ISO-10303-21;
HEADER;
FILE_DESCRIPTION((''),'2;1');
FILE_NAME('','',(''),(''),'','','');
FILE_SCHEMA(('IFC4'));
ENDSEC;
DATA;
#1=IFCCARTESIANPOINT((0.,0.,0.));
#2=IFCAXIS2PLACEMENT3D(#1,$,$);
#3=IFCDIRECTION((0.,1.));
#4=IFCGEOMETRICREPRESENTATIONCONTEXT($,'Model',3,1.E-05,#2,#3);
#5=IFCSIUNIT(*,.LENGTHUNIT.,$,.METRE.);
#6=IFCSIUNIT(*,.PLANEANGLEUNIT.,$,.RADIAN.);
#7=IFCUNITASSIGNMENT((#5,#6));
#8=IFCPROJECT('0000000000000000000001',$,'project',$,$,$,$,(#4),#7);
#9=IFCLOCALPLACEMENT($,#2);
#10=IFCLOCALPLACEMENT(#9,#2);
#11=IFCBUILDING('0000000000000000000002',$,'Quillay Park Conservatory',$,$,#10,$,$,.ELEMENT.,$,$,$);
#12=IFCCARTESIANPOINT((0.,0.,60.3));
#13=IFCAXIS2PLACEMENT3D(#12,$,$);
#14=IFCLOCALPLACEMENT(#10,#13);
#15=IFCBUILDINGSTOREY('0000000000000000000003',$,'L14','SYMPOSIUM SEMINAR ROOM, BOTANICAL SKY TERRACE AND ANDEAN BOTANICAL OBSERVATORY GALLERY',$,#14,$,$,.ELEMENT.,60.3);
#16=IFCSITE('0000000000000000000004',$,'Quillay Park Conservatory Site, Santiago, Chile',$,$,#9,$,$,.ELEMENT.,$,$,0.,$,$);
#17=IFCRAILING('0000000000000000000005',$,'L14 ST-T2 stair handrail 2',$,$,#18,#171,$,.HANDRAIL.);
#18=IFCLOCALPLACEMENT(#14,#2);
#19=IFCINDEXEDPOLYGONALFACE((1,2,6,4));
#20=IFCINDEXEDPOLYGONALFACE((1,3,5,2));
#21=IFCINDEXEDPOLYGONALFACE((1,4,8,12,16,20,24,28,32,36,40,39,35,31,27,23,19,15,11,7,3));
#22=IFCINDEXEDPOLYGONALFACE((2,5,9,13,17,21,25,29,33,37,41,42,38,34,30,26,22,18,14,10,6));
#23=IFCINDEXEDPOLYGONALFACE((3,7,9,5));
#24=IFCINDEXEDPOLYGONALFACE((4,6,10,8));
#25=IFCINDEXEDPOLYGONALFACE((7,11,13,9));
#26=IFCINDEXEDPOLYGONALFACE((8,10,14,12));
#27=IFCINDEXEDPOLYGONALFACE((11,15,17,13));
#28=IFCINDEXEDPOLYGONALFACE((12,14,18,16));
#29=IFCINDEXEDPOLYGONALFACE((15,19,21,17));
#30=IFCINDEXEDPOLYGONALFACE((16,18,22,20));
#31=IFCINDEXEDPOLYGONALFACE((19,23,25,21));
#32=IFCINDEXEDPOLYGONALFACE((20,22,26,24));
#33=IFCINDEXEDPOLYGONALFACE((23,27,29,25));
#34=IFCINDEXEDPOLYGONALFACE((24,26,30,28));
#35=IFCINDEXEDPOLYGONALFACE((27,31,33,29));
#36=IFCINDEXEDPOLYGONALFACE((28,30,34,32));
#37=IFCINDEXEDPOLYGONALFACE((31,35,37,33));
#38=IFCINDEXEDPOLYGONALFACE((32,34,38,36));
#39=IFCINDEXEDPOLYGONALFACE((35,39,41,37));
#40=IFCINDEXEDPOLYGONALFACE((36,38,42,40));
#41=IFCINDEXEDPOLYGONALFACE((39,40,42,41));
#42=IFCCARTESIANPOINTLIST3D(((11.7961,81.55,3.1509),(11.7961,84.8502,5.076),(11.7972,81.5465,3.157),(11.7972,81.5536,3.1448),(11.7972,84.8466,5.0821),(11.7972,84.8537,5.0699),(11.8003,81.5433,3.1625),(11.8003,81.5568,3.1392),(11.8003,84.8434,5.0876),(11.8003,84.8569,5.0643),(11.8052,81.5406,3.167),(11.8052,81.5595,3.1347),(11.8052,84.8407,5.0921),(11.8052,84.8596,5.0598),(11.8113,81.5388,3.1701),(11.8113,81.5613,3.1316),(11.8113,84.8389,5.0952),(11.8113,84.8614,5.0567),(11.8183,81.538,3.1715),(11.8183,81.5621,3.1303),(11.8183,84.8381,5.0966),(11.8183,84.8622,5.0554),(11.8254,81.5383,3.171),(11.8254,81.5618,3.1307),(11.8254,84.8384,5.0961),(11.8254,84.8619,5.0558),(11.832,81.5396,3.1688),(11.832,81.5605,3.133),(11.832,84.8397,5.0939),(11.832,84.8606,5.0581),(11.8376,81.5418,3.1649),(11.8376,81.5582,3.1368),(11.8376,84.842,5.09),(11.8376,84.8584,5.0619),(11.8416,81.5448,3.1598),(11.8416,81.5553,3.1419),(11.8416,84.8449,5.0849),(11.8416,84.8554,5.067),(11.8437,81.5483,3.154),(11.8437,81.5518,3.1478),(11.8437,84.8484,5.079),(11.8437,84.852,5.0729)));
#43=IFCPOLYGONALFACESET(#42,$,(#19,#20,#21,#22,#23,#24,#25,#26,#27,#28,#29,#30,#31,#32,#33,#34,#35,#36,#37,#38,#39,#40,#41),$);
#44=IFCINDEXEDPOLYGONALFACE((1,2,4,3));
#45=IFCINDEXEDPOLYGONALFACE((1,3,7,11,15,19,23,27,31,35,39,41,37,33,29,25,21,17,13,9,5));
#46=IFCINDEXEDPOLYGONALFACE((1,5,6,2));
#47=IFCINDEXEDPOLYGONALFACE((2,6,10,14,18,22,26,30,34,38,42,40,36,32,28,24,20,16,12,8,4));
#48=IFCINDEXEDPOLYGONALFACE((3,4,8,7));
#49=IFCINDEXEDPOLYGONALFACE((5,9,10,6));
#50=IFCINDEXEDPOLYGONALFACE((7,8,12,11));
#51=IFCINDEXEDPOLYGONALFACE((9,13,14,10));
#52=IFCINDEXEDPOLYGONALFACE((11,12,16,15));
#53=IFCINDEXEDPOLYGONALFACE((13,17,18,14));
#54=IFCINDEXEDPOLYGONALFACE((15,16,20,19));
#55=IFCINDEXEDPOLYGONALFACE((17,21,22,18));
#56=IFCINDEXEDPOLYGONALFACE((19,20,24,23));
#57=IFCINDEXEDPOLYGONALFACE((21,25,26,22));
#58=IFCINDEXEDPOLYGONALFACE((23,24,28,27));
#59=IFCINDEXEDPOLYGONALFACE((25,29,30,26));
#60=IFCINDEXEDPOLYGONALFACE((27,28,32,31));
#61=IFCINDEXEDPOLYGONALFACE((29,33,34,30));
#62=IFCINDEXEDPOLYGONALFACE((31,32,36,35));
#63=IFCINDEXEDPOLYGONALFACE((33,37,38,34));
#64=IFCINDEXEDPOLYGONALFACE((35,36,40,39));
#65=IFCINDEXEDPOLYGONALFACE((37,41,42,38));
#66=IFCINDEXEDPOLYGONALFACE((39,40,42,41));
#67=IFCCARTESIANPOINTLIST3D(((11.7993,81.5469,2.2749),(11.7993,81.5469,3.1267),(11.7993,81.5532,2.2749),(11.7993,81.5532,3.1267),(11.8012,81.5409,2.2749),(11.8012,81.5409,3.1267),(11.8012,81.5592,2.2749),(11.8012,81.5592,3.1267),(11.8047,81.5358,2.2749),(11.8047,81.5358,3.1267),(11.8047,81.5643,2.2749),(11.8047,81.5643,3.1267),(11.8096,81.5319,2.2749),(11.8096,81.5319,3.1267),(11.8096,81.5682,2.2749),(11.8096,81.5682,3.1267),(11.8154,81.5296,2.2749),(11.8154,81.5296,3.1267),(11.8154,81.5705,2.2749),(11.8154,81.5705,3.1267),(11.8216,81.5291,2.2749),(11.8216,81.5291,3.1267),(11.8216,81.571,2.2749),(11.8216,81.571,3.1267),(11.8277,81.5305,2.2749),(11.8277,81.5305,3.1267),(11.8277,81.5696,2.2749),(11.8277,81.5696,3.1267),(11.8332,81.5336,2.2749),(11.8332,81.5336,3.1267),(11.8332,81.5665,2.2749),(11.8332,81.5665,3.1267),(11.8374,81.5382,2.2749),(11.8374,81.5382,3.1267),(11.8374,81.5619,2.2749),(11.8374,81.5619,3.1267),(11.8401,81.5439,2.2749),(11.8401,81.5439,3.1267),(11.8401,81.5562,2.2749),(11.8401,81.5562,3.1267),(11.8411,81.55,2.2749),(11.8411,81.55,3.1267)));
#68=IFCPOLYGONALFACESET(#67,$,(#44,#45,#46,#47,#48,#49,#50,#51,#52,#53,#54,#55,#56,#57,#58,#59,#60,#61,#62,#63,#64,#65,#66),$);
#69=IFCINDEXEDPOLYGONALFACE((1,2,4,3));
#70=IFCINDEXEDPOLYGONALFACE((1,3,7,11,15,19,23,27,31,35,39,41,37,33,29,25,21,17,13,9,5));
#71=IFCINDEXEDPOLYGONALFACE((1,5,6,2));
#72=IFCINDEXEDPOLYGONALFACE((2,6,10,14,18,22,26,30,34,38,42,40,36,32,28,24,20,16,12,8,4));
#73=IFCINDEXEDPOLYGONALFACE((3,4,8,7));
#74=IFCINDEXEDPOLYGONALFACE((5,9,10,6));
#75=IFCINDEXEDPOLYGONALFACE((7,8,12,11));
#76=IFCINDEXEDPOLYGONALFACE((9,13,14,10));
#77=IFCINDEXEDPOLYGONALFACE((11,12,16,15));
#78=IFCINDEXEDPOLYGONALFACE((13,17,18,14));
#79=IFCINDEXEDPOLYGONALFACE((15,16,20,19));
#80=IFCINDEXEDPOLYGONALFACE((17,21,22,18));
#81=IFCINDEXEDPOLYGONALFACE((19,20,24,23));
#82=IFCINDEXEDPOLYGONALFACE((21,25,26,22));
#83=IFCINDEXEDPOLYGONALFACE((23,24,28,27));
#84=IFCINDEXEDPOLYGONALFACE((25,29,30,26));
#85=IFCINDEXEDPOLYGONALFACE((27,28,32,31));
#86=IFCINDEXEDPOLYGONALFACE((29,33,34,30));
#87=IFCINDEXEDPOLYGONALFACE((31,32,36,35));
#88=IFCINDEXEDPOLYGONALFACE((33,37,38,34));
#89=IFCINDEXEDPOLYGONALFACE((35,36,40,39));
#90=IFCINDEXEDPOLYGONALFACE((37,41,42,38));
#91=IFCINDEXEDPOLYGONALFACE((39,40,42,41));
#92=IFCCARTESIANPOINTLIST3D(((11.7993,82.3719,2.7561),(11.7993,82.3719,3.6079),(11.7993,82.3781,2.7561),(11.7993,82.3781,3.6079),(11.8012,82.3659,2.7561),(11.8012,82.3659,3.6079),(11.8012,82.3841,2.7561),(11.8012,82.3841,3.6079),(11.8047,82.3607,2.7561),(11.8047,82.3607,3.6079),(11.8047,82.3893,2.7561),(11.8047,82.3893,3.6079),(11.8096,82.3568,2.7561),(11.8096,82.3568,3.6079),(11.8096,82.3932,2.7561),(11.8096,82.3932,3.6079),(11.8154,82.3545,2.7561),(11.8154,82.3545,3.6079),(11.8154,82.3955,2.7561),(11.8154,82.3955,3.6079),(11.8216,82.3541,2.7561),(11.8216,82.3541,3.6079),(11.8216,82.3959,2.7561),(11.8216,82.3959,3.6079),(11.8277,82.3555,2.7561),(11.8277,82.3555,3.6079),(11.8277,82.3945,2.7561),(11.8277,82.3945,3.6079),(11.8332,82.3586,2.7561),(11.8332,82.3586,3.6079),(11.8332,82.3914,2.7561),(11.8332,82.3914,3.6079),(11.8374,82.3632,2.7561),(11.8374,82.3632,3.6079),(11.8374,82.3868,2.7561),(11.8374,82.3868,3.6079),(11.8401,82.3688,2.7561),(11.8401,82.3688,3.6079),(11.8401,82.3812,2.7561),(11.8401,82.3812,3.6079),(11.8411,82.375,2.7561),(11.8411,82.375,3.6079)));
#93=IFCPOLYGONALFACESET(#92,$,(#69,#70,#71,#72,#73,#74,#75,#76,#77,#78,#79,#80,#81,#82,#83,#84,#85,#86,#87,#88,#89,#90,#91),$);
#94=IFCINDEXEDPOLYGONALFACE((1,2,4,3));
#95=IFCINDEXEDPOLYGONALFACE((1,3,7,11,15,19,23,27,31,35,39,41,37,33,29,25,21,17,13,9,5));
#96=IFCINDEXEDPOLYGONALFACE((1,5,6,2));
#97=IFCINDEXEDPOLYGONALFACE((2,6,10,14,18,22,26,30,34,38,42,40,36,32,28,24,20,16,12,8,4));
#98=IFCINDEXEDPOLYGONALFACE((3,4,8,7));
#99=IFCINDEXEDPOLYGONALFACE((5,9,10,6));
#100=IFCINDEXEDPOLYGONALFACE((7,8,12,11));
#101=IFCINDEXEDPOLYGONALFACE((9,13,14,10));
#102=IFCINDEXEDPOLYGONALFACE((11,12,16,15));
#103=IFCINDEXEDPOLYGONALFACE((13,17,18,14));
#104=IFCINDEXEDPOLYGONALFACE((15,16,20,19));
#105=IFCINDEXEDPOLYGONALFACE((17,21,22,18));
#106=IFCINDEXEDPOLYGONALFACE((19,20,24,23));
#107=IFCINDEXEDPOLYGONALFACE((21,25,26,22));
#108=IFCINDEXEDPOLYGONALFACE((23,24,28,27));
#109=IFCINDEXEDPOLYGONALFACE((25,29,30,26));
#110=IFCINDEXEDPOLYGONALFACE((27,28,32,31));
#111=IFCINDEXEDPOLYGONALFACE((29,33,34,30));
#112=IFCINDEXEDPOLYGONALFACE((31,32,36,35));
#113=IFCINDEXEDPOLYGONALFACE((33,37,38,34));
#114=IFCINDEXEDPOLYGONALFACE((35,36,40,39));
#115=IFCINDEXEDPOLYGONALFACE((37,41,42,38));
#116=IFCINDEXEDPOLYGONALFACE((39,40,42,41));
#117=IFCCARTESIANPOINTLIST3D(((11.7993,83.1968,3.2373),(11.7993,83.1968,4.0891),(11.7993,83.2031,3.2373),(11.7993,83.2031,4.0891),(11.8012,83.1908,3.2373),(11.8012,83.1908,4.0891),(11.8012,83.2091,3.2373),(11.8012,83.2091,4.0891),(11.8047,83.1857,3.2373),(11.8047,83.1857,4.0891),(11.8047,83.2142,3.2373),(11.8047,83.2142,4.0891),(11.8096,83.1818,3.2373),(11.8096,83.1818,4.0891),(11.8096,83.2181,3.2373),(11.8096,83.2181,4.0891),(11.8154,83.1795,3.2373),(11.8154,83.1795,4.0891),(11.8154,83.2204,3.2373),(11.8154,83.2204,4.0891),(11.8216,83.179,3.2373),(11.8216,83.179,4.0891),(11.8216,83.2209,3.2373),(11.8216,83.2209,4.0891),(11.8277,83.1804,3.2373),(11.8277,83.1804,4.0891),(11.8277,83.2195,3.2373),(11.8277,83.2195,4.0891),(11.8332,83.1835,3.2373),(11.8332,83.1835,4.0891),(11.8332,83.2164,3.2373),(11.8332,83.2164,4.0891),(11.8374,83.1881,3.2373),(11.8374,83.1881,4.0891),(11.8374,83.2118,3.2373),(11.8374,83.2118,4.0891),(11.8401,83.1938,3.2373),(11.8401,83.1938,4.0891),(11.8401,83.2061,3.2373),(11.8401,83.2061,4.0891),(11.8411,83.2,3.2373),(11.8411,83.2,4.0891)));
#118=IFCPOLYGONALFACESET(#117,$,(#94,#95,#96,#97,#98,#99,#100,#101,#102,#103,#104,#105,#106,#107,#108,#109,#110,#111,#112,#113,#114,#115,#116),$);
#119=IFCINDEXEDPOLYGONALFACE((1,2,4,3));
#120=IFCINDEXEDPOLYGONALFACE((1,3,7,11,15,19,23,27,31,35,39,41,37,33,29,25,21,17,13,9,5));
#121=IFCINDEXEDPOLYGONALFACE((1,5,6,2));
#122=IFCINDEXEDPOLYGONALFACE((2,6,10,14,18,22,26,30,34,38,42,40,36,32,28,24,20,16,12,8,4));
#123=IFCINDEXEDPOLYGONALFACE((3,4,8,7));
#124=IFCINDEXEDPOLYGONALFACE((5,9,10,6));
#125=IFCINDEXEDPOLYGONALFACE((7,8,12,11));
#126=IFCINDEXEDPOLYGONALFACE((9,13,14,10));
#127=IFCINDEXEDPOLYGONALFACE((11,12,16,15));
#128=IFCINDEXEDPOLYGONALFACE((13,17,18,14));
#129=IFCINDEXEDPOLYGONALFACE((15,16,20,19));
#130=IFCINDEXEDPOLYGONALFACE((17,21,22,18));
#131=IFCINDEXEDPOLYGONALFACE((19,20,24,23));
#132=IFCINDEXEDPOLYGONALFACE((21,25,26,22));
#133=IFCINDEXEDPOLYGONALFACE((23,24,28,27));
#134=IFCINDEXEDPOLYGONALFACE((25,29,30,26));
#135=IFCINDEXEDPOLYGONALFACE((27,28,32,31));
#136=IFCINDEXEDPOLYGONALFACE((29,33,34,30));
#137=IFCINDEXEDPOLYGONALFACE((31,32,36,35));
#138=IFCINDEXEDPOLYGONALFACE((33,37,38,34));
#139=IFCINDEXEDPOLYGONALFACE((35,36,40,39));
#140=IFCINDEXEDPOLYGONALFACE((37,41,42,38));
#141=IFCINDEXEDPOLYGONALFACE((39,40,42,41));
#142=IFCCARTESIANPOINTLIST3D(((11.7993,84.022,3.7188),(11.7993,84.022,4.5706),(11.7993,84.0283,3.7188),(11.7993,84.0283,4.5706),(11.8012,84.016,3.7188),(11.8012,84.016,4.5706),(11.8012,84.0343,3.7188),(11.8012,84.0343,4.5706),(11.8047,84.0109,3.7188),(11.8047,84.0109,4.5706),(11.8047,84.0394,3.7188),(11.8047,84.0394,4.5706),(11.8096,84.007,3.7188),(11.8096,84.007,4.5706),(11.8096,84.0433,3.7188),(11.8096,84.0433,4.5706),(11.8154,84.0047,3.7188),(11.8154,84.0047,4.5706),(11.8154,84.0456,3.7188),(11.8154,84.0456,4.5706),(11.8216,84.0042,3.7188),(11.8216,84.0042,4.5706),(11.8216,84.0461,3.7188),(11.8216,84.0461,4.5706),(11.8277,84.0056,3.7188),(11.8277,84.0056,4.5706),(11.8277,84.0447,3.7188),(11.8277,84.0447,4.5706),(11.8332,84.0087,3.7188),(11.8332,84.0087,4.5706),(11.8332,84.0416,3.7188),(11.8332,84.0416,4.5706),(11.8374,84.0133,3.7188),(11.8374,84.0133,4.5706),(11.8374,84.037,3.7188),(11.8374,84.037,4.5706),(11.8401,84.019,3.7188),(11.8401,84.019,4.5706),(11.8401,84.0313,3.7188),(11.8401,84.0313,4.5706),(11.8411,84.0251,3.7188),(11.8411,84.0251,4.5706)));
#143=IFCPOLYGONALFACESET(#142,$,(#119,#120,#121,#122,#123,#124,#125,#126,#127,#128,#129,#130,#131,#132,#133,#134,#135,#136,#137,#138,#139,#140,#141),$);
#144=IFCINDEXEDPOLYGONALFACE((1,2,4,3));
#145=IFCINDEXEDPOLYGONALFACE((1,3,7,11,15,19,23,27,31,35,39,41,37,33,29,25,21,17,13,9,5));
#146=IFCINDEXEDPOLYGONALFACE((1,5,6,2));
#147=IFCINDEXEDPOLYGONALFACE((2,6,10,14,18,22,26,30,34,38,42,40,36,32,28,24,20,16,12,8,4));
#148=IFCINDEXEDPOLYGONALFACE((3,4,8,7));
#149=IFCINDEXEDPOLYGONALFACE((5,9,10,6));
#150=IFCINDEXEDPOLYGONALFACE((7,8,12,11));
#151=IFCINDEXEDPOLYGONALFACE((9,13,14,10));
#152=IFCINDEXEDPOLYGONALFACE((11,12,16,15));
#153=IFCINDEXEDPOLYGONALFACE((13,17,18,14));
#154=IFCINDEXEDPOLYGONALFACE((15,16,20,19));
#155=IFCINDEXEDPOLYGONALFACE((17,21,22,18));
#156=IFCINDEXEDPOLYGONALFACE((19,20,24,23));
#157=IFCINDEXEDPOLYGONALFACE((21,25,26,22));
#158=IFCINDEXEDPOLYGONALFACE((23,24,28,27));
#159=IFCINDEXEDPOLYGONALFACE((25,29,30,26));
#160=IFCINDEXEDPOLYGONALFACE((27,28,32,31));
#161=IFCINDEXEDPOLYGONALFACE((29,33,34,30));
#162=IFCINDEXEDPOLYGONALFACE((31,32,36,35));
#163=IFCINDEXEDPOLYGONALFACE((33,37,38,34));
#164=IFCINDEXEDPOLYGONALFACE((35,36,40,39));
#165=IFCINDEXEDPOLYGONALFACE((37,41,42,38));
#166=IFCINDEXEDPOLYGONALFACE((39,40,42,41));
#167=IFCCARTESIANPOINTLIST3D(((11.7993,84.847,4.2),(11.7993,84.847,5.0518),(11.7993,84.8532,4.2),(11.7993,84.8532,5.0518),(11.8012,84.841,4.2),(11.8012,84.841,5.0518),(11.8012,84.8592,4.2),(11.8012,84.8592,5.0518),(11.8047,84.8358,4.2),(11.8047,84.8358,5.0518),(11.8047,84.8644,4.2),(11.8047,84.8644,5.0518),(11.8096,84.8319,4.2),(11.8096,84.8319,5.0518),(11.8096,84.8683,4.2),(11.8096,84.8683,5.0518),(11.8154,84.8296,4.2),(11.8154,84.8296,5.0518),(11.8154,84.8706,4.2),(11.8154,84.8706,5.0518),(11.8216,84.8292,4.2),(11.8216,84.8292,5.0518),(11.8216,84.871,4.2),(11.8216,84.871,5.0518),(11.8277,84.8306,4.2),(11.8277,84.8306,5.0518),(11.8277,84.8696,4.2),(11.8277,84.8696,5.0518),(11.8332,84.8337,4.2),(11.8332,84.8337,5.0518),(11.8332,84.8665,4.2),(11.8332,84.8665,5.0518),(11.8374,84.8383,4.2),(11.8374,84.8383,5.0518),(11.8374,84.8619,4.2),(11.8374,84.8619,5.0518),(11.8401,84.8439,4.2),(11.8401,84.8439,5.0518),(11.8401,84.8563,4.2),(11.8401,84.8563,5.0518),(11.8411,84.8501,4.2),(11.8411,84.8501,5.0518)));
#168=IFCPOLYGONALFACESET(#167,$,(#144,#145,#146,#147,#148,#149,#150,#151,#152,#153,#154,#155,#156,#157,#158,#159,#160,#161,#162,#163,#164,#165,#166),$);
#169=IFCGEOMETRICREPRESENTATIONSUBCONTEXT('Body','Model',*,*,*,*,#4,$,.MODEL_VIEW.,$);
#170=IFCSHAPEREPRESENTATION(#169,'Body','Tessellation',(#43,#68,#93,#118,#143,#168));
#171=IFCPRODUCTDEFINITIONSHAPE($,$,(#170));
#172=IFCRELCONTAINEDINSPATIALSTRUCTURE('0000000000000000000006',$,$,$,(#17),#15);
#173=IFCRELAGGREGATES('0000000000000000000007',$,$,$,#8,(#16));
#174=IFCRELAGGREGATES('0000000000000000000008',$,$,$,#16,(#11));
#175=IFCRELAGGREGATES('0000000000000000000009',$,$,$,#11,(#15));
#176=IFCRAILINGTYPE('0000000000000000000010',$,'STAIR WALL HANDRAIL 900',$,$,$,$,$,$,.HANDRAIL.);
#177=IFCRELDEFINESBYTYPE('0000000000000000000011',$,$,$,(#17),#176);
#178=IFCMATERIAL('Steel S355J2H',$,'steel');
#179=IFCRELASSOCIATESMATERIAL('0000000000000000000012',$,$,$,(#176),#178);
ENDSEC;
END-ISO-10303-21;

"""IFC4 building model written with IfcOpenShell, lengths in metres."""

from ifc_helpers import new_model, si_unit, direction, frame, origin, origin_2d, place, context, subcontext, project, spatial, circle, extrude, material, type_object, element, save


model = new_model("IFC4")

# Units and contexts
model_context = context("Model", 3, precision=1e-05, world=origin(), true_north=direction((0.0, 1.0)))
body_context = subcontext(model_context, "Body", "Model", "MODEL_VIEW")
ifc_project = project(units=[si_unit("LENGTHUNIT", "METRE"), si_unit("PLANEANGLEUNIT", "RADIAN")], contexts=[model_context])

# Site, building, storey
site_placement = place(None, origin())
site = spatial("IfcSite", under=ifc_project, at=site_placement, Name="Quillay Park Conservatory Site, Santiago, Chile", CompositionType="ELEMENT", RefElevation=0.0)
building_placement = place(site_placement, origin())
building = spatial("IfcBuilding", under=site, at=building_placement, Name="Quillay Park Conservatory", CompositionType="ELEMENT")
storey_placement = place(building_placement, frame((0.0, 0.0, 60.3)))
storey = spatial("IfcBuildingStorey", under=building, at=storey_placement, Name="L14", Description="SYMPOSIUM SEMINAR ROOM, BOTANICAL SKY TERRACE AND ANDEAN BOTANICAL OBSERVATORY GALLERY", CompositionType="ELEMENT", Elevation=60.3)

# Railing
ifc_material_1 = material(Name="Steel S355J2H", Category="steel")
railing_type_1 = type_object("IfcRailingType", Name="STAIR WALL HANDRAIL 900", PredefinedType="HANDRAIL", material=ifc_material_1)
railing_1_placement = place(storey_placement, frame((11.8201, 81.55, 2.2749)))
element("IfcRailing", 1, at=railing_1_placement, inside=storey, type_object=railing_type_1, Name="L14 ST-T2 stair handrail 2", PredefinedType="HANDRAIL", context=body_context, shape_type="SweptSolid", body=[
    extrude(circle(Radius=0.0239, at=origin_2d()), frame((0.0, 0.0, 0.876), z_axis=(0.0, 0.863777, 0.503875), x_axis=(-1.0, 0.0, 0.0)), (0.0, 0.0, 1.0), 3.8206),
    extrude(circle(Radius=0.021, at=origin_2d()), origin(), (0.0, 0.0, 1.0), 0.8518),
    extrude(circle(Radius=0.021, at=origin_2d()), frame((0.0, 0.825, 0.4812)), (0.0, 0.0, 1.0), 0.8518),
    extrude(circle(Radius=0.021, at=origin_2d()), frame((0.0, 1.6499, 0.9624)), (0.0, 0.0, 1.0), 0.8518),
    extrude(circle(Radius=0.021, at=origin_2d()), frame((0.0, 2.4751, 1.4438)), (0.0, 0.0, 1.0), 0.8518),
    extrude(circle(Radius=0.021, at=origin_2d()), frame((0.0, 3.3, 1.925)), (0.0, 0.0, 1.0), 0.8518),
])

save(model, "model.ifc")
